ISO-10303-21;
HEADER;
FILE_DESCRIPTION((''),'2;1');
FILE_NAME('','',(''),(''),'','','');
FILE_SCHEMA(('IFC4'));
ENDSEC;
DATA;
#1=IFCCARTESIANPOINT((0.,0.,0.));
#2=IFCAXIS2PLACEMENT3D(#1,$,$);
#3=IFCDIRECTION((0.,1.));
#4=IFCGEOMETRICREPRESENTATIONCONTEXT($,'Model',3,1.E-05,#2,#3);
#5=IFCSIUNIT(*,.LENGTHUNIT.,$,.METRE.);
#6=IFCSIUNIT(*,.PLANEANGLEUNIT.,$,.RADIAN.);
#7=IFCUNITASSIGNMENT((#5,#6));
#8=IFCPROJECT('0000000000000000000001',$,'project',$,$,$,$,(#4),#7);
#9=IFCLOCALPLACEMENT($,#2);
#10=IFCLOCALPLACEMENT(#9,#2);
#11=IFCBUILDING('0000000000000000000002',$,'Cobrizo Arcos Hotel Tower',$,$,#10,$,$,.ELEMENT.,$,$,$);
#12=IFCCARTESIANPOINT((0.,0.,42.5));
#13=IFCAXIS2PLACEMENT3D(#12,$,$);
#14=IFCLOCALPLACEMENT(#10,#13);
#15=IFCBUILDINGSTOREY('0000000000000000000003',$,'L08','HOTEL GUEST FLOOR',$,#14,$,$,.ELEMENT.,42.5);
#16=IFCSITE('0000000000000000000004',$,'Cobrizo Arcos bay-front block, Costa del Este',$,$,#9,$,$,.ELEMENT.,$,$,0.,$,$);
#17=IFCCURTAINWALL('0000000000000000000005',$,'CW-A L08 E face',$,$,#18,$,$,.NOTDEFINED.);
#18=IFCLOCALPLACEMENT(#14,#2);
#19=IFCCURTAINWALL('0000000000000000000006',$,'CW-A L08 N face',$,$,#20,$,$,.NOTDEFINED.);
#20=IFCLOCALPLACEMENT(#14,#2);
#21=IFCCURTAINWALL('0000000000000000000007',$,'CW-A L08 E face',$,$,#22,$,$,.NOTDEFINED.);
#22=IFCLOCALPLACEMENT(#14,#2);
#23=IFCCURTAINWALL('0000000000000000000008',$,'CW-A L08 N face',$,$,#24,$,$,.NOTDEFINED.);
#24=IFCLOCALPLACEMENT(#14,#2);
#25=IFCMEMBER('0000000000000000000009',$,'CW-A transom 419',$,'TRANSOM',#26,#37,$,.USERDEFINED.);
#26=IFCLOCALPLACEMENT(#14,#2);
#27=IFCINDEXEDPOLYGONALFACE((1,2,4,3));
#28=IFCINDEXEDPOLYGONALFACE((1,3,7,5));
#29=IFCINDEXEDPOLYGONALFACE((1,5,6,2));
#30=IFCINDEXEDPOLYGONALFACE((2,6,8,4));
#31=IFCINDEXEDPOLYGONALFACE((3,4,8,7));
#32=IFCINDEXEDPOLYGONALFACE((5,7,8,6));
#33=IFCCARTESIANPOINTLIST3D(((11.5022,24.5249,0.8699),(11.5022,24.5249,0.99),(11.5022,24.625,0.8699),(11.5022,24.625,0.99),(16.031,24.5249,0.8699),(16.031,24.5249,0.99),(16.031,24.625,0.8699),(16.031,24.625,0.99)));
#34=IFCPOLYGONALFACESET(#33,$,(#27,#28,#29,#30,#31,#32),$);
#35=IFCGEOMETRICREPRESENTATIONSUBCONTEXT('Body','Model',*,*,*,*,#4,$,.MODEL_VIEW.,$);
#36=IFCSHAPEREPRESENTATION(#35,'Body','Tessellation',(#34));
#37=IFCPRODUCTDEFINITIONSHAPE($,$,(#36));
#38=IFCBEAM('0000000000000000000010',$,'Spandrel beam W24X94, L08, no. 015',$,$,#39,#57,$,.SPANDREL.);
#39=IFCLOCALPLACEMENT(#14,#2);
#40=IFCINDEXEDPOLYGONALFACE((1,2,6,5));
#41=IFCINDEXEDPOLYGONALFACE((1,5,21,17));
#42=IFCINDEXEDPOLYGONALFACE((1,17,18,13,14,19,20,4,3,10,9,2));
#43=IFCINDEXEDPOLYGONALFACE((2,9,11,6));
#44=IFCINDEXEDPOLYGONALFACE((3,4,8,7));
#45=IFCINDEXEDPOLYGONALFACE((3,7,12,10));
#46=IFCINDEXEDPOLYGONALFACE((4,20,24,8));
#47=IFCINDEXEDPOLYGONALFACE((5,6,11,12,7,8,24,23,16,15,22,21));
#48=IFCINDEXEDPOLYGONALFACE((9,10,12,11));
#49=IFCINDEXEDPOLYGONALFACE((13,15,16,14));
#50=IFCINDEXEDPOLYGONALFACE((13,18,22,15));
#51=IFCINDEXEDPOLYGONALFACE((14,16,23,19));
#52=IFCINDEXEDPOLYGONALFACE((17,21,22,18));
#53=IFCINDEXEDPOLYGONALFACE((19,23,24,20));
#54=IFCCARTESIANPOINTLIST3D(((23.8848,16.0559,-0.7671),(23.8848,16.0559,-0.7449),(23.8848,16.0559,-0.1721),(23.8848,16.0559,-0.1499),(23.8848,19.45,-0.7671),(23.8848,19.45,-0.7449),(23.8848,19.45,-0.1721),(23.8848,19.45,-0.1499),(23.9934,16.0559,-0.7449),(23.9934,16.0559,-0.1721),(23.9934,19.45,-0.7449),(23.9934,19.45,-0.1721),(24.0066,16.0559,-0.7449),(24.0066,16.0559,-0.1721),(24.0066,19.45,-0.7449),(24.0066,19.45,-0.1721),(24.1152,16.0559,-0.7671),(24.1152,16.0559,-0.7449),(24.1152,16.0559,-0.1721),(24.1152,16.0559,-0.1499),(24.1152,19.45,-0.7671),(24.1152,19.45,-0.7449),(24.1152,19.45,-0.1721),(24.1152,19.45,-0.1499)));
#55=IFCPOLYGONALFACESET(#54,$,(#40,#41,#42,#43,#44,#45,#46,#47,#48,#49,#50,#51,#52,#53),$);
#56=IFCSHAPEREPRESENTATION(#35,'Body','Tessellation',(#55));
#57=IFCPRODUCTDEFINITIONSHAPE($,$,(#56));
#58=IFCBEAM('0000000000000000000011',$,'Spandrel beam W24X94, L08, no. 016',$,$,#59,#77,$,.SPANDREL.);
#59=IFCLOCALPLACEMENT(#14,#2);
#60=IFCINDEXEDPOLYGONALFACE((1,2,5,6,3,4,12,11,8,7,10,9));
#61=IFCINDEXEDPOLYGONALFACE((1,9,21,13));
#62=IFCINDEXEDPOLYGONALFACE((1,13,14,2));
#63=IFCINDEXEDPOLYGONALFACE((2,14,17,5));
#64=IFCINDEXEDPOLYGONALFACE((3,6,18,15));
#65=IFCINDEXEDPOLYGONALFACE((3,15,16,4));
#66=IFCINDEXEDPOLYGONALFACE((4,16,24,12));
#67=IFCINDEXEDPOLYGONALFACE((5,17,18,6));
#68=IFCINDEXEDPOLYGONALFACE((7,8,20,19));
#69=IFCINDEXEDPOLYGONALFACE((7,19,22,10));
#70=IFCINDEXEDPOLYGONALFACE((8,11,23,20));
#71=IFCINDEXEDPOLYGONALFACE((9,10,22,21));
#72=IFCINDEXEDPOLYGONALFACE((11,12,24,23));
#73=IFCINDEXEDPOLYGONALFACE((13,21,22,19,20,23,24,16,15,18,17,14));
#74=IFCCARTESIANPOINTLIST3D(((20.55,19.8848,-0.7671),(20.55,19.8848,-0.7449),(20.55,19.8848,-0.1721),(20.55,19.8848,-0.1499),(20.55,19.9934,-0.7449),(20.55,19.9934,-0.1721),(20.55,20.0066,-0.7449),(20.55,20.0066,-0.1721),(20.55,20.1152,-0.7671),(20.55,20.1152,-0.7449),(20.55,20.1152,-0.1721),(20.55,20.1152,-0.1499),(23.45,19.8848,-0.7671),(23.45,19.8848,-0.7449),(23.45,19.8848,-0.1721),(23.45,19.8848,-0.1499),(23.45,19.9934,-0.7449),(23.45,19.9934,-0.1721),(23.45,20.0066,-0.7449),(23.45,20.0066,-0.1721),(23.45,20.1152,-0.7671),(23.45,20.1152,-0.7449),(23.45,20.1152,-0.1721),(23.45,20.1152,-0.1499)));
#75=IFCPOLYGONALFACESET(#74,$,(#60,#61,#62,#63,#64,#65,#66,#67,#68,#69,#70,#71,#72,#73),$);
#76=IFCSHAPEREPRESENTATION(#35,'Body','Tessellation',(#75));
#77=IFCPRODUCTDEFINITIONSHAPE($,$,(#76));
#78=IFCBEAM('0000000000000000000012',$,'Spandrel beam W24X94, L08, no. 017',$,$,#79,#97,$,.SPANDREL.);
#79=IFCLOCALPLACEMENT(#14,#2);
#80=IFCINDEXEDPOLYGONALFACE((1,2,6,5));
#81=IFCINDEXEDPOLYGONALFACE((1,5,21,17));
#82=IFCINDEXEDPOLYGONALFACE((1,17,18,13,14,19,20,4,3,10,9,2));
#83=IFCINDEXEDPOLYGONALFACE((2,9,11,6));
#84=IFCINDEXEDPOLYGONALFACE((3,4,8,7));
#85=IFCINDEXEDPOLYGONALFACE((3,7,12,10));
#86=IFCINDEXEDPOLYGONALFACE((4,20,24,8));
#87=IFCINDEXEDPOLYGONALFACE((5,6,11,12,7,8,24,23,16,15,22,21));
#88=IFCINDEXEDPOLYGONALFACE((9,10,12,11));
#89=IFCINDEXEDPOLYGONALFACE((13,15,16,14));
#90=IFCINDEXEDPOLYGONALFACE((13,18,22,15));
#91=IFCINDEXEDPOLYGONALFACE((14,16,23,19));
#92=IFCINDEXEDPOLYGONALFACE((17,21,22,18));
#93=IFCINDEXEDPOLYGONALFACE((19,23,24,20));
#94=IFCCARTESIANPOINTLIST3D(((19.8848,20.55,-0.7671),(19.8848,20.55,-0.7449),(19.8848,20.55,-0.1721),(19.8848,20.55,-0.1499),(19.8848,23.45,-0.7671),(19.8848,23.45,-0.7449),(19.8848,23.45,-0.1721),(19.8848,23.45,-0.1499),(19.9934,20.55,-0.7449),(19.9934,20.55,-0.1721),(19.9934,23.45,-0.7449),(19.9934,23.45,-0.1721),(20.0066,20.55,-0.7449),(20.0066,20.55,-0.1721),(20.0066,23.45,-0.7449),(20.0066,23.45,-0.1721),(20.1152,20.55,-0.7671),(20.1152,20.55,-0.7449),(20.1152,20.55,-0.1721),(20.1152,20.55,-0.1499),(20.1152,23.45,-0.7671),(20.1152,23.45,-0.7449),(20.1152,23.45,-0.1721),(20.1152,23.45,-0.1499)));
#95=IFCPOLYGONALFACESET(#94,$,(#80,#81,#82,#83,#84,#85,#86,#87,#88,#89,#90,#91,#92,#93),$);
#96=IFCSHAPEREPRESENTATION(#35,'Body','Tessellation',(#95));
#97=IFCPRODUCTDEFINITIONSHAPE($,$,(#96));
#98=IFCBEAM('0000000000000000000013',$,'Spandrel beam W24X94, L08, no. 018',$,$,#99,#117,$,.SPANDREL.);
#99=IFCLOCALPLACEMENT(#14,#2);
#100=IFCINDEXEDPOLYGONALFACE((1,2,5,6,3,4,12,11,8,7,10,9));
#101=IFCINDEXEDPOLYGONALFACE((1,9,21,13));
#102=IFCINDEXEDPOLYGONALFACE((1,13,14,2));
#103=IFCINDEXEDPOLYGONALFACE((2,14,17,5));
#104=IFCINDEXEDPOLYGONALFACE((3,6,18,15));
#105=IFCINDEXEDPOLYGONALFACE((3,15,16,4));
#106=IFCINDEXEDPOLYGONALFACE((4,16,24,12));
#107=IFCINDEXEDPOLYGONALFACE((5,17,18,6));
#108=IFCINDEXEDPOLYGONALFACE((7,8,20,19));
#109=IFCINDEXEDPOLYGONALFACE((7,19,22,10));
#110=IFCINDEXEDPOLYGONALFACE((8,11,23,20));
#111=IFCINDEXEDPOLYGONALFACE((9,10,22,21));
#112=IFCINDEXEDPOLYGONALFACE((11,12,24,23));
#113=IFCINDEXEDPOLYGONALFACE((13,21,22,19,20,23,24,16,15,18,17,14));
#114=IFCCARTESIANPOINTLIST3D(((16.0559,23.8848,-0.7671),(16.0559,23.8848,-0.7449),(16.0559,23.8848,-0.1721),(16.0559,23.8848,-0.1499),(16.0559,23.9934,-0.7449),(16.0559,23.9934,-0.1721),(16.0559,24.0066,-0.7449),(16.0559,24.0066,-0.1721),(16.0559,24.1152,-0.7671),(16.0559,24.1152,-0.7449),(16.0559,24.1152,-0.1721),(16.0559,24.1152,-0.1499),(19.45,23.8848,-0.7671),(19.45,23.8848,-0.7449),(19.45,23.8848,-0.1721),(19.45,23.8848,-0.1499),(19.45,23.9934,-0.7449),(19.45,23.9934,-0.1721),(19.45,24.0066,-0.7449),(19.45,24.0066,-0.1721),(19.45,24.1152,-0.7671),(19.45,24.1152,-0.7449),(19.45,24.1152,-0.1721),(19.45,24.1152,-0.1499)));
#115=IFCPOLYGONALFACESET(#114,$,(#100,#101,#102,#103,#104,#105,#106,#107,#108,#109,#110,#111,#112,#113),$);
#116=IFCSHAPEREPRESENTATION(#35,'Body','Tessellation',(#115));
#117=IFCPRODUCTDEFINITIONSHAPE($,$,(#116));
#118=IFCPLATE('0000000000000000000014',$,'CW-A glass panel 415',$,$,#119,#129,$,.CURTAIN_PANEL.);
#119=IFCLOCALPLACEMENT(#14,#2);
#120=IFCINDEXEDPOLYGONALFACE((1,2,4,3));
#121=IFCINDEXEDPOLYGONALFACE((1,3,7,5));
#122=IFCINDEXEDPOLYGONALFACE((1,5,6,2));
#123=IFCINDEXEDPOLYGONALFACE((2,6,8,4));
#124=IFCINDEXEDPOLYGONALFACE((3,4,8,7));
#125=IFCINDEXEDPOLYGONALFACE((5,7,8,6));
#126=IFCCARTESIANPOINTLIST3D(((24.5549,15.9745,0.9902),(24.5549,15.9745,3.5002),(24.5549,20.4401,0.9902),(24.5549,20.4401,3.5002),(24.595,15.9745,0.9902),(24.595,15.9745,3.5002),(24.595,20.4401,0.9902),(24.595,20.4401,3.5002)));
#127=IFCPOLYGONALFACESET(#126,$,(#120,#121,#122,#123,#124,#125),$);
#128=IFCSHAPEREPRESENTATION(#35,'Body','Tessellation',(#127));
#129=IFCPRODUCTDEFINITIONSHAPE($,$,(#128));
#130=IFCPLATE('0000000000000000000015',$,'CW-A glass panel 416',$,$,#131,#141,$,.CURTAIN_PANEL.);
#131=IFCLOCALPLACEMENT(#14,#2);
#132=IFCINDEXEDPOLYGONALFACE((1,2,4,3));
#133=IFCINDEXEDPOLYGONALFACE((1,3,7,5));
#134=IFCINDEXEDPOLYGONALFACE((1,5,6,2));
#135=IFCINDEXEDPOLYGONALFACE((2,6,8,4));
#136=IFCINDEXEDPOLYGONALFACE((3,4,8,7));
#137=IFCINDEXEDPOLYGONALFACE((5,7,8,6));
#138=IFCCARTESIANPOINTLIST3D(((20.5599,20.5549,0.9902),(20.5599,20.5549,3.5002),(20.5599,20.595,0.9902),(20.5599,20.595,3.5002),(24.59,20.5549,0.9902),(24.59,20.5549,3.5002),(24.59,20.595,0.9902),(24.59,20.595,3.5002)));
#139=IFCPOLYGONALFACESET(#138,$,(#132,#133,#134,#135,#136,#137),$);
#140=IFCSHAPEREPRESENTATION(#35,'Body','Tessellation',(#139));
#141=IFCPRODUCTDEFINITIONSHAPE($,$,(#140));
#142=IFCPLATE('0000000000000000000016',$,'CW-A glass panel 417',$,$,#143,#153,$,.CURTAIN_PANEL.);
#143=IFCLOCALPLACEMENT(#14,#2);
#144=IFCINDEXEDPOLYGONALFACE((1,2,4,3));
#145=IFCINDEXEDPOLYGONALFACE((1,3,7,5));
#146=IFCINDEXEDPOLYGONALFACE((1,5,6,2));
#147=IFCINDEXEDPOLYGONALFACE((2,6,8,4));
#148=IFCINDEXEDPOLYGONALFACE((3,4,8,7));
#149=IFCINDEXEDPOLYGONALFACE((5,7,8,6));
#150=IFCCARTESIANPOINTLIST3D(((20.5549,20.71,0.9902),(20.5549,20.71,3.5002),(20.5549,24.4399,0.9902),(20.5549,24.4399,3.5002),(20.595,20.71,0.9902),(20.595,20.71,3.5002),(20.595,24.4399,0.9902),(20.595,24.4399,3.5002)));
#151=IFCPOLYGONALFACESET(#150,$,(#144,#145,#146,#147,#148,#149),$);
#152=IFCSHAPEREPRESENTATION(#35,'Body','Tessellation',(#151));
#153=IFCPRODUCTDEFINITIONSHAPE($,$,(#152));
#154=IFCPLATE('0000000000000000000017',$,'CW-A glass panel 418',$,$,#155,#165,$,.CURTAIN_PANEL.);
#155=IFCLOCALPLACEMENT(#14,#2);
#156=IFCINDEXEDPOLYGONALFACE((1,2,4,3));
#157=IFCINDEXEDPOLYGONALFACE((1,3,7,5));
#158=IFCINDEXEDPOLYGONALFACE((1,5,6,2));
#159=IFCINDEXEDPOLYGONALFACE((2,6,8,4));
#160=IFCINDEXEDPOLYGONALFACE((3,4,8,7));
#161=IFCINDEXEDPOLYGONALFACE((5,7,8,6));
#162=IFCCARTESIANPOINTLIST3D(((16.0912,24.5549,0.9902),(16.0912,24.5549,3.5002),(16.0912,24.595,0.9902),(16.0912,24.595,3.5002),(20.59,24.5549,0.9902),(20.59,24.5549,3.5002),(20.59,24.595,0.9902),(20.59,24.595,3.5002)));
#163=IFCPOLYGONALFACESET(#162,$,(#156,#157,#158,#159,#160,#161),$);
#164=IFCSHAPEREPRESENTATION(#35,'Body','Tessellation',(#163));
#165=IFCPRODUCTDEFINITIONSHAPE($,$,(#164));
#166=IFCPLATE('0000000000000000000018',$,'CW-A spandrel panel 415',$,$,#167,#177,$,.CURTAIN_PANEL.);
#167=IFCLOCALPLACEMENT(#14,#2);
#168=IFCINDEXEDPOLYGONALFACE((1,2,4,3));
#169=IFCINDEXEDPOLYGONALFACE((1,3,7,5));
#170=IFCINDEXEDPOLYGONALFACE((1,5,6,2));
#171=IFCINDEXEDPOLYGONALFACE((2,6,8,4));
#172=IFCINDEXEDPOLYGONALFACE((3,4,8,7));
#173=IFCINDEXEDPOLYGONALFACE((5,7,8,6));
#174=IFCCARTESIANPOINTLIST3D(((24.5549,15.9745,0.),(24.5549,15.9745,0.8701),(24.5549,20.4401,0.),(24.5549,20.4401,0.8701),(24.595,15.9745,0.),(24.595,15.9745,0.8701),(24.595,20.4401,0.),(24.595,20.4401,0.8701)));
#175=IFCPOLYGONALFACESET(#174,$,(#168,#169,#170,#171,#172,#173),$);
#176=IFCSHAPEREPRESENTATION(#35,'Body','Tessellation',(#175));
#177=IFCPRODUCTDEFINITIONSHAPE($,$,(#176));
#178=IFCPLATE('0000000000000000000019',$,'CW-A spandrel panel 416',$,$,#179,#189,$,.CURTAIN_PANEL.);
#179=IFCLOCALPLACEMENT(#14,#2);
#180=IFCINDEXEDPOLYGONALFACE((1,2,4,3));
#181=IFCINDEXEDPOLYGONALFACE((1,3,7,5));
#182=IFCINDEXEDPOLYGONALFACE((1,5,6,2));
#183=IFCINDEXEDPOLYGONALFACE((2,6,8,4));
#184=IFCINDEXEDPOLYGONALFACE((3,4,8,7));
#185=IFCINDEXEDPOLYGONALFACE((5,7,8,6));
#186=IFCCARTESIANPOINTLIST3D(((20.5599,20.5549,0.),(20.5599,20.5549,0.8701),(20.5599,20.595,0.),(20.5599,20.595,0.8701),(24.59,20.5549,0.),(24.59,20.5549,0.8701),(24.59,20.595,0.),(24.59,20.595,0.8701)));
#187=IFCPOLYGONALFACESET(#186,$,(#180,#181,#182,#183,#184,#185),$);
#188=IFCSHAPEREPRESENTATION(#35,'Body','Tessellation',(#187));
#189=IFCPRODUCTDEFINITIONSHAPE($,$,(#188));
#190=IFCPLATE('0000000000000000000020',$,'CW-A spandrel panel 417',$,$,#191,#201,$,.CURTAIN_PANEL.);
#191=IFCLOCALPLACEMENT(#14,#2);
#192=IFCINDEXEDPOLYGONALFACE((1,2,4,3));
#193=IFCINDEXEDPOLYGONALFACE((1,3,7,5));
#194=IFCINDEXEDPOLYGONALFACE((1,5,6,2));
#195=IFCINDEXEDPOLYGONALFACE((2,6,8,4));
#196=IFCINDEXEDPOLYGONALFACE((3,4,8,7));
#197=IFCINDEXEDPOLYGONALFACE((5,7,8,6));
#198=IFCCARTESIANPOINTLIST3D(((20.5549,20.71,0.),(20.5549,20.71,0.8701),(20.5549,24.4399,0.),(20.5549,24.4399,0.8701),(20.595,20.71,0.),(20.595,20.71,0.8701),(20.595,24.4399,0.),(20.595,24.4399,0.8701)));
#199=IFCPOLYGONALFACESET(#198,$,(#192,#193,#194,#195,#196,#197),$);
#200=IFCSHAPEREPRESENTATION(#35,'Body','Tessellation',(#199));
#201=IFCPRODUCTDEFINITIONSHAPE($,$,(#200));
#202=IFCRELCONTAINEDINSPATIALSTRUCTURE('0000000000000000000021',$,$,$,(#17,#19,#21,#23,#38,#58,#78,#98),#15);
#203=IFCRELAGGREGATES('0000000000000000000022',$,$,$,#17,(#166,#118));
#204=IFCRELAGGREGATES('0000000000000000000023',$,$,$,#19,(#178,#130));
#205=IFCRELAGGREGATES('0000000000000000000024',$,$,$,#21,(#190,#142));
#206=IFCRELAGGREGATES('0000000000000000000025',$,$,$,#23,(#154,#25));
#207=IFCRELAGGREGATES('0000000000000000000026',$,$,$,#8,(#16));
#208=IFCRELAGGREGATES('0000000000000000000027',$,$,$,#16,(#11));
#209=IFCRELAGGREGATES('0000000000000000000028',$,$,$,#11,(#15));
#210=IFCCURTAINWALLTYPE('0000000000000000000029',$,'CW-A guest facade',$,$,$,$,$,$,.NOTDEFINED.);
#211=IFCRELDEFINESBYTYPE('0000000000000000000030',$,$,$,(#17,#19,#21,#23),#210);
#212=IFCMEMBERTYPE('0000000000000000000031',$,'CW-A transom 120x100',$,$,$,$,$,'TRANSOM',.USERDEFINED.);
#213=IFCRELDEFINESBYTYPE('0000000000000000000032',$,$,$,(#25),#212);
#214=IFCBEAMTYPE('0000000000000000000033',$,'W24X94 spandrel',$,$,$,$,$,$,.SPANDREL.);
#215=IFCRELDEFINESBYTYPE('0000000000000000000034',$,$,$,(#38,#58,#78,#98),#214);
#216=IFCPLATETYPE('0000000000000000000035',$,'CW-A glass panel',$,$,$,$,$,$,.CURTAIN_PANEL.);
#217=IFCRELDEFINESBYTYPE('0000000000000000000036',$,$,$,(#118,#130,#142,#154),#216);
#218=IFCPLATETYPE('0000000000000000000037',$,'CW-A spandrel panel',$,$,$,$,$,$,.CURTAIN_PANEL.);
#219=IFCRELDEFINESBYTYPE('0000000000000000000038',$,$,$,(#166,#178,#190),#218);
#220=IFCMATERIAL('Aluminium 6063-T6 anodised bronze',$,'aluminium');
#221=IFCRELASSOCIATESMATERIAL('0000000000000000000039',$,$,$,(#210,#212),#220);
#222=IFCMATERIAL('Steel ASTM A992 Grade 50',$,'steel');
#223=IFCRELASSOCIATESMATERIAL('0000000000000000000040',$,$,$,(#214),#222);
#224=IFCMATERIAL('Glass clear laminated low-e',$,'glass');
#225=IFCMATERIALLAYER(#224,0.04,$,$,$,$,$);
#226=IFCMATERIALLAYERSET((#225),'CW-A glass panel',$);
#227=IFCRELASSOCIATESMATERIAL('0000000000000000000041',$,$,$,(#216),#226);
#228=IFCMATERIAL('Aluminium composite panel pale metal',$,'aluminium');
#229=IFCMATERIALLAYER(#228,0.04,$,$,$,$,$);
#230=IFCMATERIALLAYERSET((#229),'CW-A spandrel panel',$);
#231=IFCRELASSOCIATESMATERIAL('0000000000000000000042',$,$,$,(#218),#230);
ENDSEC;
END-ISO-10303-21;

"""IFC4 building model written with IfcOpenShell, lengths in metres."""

from ifc_helpers import new_model, si_unit, direction, frame, origin, origin_2d, place, context, subcontext, project, spatial, rectangle, i_section, extrude, material, layer, layer_set, material_profile, profile_set, type_object, element, aggregate, save


model = new_model("IFC4")

# Units and contexts
model_context = context("Model", 3, precision=1e-05, world=origin(), true_north=direction((0.0, 1.0)))
body_context = subcontext(model_context, "Body", "Model", "MODEL_VIEW")
ifc_project = project(units=[si_unit("LENGTHUNIT", "METRE"), si_unit("PLANEANGLEUNIT", "RADIAN")], contexts=[model_context])

# Site, building, storey
site_placement = place(None, origin())
site = spatial("IfcSite", under=ifc_project, at=site_placement, Name="Cobrizo Arcos bay-front block, Costa del Este", CompositionType="ELEMENT", RefElevation=0.0)
building_placement = place(site_placement, origin())
building = spatial("IfcBuilding", under=site, at=building_placement, Name="Cobrizo Arcos Hotel Tower", CompositionType="ELEMENT")
storey_placement = place(building_placement, frame((0.0, 0.0, 42.5)))
storey = spatial("IfcBuildingStorey", under=building, at=storey_placement, Name="L08", Description="HOTEL GUEST FLOOR", CompositionType="ELEMENT", Elevation=42.5)

# Curtain wall
ifc_material_1 = material(Name="Aluminium 6063-T6 anodised bronze", Category="aluminium")
curtain_wall_type = type_object("IfcCurtainWallType", Name="CW-A guest facade", PredefinedType="NOTDEFINED", material=ifc_material_1)
curtain_wall_1_placement = place(storey_placement, origin())
curtain_wall_1 = element("IfcCurtainWall", 1, at=curtain_wall_1_placement, inside=storey, type_object=curtain_wall_type, Name="CW-A L08 E face", PredefinedType="NOTDEFINED")

# Curtain walls
curtain_wall_2_placement = place(storey_placement, origin())
curtain_wall_2 = element("IfcCurtainWall", 2, at=curtain_wall_2_placement, inside=storey, type_object=curtain_wall_type, Name="CW-A L08 N face", PredefinedType="NOTDEFINED")
curtain_wall_3_placement = place(storey_placement, origin())
curtain_wall_3 = element("IfcCurtainWall", 3, at=curtain_wall_3_placement, inside=storey, type_object=curtain_wall_type, Name="CW-A L08 E face", PredefinedType="NOTDEFINED")
curtain_wall_4_placement = place(storey_placement, origin())
curtain_wall_4 = element("IfcCurtainWall", 4, at=curtain_wall_4_placement, inside=storey, type_object=curtain_wall_type, Name="CW-A L08 N face", PredefinedType="NOTDEFINED")

# Member
ifc_material_profile_1 = material_profile(ifc_material_1, rectangle(XDim=0.1001, YDim=0.1201, at=origin_2d()), Name="CW-A transom 120x100")
ifc_profile_set_1 = profile_set([ifc_material_profile_1], Name="Aluminium 6063-T6 anodised bronze")
member_type_1 = type_object("IfcMemberType", Name="CW-A transom 120x100", ElementType="TRANSOM", PredefinedType="USERDEFINED", material=ifc_profile_set_1)
member_1_placement = place(storey_placement, frame((16.031, 24.575, 0.9299), z_axis=(-1.0, 0.0, 0.0), x_axis=(0.0, -1.0, 0.0)))
member_1 = element("IfcMember", 5, at=member_1_placement, type_object=member_type_1, Name="CW-A transom 419", ObjectType="TRANSOM", PredefinedType="USERDEFINED", context=body_context, shape_type="SweptSolid", body=[
    extrude(rectangle(XDim=0.1001, YDim=0.1201, at=origin_2d()), origin(), (0.0, 0.0, 1.0), 4.5288),
])

# Beams
ifc_material_2 = material(Name="Steel ASTM A992 Grade 50", Category="steel")
ifc_material_profile_2 = material_profile(ifc_material_2, i_section(OverallWidth=0.2305, OverallDepth=0.6172, WebThickness=0.0132, FlangeThickness=0.0222, at=origin_2d()), Name="W24X94")
ifc_profile_set_2 = profile_set([ifc_material_profile_2], Name="Steel ASTM A992 Grade 50")
beam_type = type_object("IfcBeamType", Name="W24X94 spandrel", PredefinedType="SPANDREL", material=ifc_profile_set_2)
beam_1_placement = place(storey_placement, frame((24.0, 16.0559, -0.4585), z_axis=(0.0, 1.0, 0.0), x_axis=(-1.0, 0.0, 0.0)))
element("IfcBeam", 6, at=beam_1_placement, inside=storey, type_object=beam_type, Name="Spandrel beam W24X94, L08, no. 015", PredefinedType="SPANDREL", context=body_context, shape_type="SweptSolid", body=[
    extrude(i_section(OverallWidth=0.2305, OverallDepth=0.6172, WebThickness=0.0132, FlangeThickness=0.0222, at=origin_2d()), origin(), (0.0, 0.0, 1.0), 3.394),
])
for number, where, z_axis, x_axis, name in (
    (7, (23.45, 20.0, -0.4585), (-1.0, 0.0, 0.0), (0.0, -1.0, 0.0), "Spandrel beam W24X94, L08, no. 016"),
    (8, (20.0, 20.55, -0.4585), (0.0, 1.0, 0.0), (-1.0, 0.0, 0.0), "Spandrel beam W24X94, L08, no. 017"),
):
    element("IfcBeam", number, at=place(storey_placement, frame(where, z_axis=z_axis, x_axis=x_axis)), inside=storey, type_object=beam_type, Name=name, PredefinedType="SPANDREL", context=body_context, shape_type="SweptSolid", body=[
        extrude(i_section(OverallWidth=0.2305, OverallDepth=0.6172, WebThickness=0.0132, FlangeThickness=0.0222, at=origin_2d()), origin(), (0.0, 0.0, 1.0), 2.8999),
    ])
beam_2_placement = place(storey_placement, frame((19.45, 24.0, -0.4585), z_axis=(-1.0, 0.0, 0.0), x_axis=(0.0, -1.0, 0.0)))
element("IfcBeam", 9, at=beam_2_placement, inside=storey, type_object=beam_type, Name="Spandrel beam W24X94, L08, no. 018", PredefinedType="SPANDREL", context=body_context, shape_type="SweptSolid", body=[
    extrude(i_section(OverallWidth=0.2305, OverallDepth=0.6172, WebThickness=0.0132, FlangeThickness=0.0222, at=origin_2d()), origin(), (0.0, 0.0, 1.0), 3.394),
])

# Plates
ifc_material_3 = material(Name="Glass clear laminated low-e", Category="glass")
ifc_layer_1 = layer(ifc_material_3, 0.04)
ifc_layer_set_1 = layer_set([ifc_layer_1], Name="CW-A glass panel")
plate_type_1 = type_object("IfcPlateType", Name="CW-A glass panel", PredefinedType="CURTAIN_PANEL", material=ifc_layer_set_1)
plate_1_placement = place(storey_placement, frame((24.575, 18.2073, 0.9902), z_axis=(0.0, 0.0, 1.0), x_axis=(0.0, 1.0, 0.0)))
plate_1 = element("IfcPlate", 10, at=plate_1_placement, type_object=plate_type_1, Name="CW-A glass panel 415", PredefinedType="CURTAIN_PANEL", context=body_context, shape_type="SweptSolid", body=[
    extrude(rectangle(XDim=4.4656, YDim=0.04, at=origin_2d()), origin(), (0.0, 0.0, 1.0), 2.51),
])
plate_2_placement = place(storey_placement, frame((22.575, 20.575, 0.9902), z_axis=(0.0, 0.0, 1.0), x_axis=(-1.0, 0.0, 0.0)))
plate_2 = element("IfcPlate", 11, at=plate_2_placement, type_object=plate_type_1, Name="CW-A glass panel 416", PredefinedType="CURTAIN_PANEL", context=body_context, shape_type="SweptSolid", body=[
    extrude(rectangle(XDim=4.03, YDim=0.04, at=origin_2d()), origin(), (0.0, 0.0, 1.0), 2.51),
])
plate_3_placement = place(storey_placement, frame((20.575, 22.575, 0.9902), z_axis=(0.0, 0.0, 1.0), x_axis=(0.0, 1.0, 0.0)))
plate_3 = element("IfcPlate", 12, at=plate_3_placement, type_object=plate_type_1, Name="CW-A glass panel 417", PredefinedType="CURTAIN_PANEL", context=body_context, shape_type="SweptSolid", body=[
    extrude(rectangle(XDim=3.73, YDim=0.04, at=origin_2d()), origin(), (0.0, 0.0, 1.0), 2.51),
])
plate_4_placement = place(storey_placement, frame((18.3406, 24.575, 0.9902), z_axis=(0.0, 0.0, 1.0), x_axis=(-1.0, 0.0, 0.0)))
plate_4 = element("IfcPlate", 13, at=plate_4_placement, type_object=plate_type_1, Name="CW-A glass panel 418", PredefinedType="CURTAIN_PANEL", context=body_context, shape_type="SweptSolid", body=[
    extrude(rectangle(XDim=4.4988, YDim=0.04, at=origin_2d()), origin(), (0.0, 0.0, 1.0), 2.51),
])
ifc_material_4 = material(Name="Aluminium composite panel pale metal", Category="aluminium")
ifc_layer_2 = layer(ifc_material_4, 0.04)
ifc_layer_set_2 = layer_set([ifc_layer_2], Name="CW-A spandrel panel")
plate_type_2 = type_object("IfcPlateType", Name="CW-A spandrel panel", PredefinedType="CURTAIN_PANEL", material=ifc_layer_set_2)
plate_5_placement = place(storey_placement, frame((24.575, 18.2073, 0.0), z_axis=(0.0, 0.0, 1.0), x_axis=(0.0, 1.0, 0.0)))
plate_5 = element("IfcPlate", 14, at=plate_5_placement, type_object=plate_type_2, Name="CW-A spandrel panel 415", PredefinedType="CURTAIN_PANEL", context=body_context, shape_type="SweptSolid", body=[
    extrude(rectangle(XDim=4.4656, YDim=0.04, at=origin_2d()), origin(), (0.0, 0.0, 1.0), 0.8701),
])
aggregate(curtain_wall_1, [plate_5, plate_1])
plate_6_placement = place(storey_placement, frame((22.575, 20.575, 0.0), z_axis=(0.0, 0.0, 1.0), x_axis=(-1.0, 0.0, 0.0)))
plate_6 = element("IfcPlate", 15, at=plate_6_placement, type_object=plate_type_2, Name="CW-A spandrel panel 416", PredefinedType="CURTAIN_PANEL", context=body_context, shape_type="SweptSolid", body=[
    extrude(rectangle(XDim=4.03, YDim=0.04, at=origin_2d()), origin(), (0.0, 0.0, 1.0), 0.8701),
])
aggregate(curtain_wall_2, [plate_6, plate_2])
plate_7_placement = place(storey_placement, frame((20.575, 22.575, 0.0), z_axis=(0.0, 0.0, 1.0), x_axis=(0.0, 1.0, 0.0)))
plate_7 = element("IfcPlate", 16, at=plate_7_placement, type_object=plate_type_2, Name="CW-A spandrel panel 417", PredefinedType="CURTAIN_PANEL", context=body_context, shape_type="SweptSolid", body=[
    extrude(rectangle(XDim=3.73, YDim=0.04, at=origin_2d()), origin(), (0.0, 0.0, 1.0), 0.8701),
])
aggregate(curtain_wall_3, [plate_7, plate_3])
aggregate(curtain_wall_4, [plate_4, member_1])

save(model, "model.ifc")
